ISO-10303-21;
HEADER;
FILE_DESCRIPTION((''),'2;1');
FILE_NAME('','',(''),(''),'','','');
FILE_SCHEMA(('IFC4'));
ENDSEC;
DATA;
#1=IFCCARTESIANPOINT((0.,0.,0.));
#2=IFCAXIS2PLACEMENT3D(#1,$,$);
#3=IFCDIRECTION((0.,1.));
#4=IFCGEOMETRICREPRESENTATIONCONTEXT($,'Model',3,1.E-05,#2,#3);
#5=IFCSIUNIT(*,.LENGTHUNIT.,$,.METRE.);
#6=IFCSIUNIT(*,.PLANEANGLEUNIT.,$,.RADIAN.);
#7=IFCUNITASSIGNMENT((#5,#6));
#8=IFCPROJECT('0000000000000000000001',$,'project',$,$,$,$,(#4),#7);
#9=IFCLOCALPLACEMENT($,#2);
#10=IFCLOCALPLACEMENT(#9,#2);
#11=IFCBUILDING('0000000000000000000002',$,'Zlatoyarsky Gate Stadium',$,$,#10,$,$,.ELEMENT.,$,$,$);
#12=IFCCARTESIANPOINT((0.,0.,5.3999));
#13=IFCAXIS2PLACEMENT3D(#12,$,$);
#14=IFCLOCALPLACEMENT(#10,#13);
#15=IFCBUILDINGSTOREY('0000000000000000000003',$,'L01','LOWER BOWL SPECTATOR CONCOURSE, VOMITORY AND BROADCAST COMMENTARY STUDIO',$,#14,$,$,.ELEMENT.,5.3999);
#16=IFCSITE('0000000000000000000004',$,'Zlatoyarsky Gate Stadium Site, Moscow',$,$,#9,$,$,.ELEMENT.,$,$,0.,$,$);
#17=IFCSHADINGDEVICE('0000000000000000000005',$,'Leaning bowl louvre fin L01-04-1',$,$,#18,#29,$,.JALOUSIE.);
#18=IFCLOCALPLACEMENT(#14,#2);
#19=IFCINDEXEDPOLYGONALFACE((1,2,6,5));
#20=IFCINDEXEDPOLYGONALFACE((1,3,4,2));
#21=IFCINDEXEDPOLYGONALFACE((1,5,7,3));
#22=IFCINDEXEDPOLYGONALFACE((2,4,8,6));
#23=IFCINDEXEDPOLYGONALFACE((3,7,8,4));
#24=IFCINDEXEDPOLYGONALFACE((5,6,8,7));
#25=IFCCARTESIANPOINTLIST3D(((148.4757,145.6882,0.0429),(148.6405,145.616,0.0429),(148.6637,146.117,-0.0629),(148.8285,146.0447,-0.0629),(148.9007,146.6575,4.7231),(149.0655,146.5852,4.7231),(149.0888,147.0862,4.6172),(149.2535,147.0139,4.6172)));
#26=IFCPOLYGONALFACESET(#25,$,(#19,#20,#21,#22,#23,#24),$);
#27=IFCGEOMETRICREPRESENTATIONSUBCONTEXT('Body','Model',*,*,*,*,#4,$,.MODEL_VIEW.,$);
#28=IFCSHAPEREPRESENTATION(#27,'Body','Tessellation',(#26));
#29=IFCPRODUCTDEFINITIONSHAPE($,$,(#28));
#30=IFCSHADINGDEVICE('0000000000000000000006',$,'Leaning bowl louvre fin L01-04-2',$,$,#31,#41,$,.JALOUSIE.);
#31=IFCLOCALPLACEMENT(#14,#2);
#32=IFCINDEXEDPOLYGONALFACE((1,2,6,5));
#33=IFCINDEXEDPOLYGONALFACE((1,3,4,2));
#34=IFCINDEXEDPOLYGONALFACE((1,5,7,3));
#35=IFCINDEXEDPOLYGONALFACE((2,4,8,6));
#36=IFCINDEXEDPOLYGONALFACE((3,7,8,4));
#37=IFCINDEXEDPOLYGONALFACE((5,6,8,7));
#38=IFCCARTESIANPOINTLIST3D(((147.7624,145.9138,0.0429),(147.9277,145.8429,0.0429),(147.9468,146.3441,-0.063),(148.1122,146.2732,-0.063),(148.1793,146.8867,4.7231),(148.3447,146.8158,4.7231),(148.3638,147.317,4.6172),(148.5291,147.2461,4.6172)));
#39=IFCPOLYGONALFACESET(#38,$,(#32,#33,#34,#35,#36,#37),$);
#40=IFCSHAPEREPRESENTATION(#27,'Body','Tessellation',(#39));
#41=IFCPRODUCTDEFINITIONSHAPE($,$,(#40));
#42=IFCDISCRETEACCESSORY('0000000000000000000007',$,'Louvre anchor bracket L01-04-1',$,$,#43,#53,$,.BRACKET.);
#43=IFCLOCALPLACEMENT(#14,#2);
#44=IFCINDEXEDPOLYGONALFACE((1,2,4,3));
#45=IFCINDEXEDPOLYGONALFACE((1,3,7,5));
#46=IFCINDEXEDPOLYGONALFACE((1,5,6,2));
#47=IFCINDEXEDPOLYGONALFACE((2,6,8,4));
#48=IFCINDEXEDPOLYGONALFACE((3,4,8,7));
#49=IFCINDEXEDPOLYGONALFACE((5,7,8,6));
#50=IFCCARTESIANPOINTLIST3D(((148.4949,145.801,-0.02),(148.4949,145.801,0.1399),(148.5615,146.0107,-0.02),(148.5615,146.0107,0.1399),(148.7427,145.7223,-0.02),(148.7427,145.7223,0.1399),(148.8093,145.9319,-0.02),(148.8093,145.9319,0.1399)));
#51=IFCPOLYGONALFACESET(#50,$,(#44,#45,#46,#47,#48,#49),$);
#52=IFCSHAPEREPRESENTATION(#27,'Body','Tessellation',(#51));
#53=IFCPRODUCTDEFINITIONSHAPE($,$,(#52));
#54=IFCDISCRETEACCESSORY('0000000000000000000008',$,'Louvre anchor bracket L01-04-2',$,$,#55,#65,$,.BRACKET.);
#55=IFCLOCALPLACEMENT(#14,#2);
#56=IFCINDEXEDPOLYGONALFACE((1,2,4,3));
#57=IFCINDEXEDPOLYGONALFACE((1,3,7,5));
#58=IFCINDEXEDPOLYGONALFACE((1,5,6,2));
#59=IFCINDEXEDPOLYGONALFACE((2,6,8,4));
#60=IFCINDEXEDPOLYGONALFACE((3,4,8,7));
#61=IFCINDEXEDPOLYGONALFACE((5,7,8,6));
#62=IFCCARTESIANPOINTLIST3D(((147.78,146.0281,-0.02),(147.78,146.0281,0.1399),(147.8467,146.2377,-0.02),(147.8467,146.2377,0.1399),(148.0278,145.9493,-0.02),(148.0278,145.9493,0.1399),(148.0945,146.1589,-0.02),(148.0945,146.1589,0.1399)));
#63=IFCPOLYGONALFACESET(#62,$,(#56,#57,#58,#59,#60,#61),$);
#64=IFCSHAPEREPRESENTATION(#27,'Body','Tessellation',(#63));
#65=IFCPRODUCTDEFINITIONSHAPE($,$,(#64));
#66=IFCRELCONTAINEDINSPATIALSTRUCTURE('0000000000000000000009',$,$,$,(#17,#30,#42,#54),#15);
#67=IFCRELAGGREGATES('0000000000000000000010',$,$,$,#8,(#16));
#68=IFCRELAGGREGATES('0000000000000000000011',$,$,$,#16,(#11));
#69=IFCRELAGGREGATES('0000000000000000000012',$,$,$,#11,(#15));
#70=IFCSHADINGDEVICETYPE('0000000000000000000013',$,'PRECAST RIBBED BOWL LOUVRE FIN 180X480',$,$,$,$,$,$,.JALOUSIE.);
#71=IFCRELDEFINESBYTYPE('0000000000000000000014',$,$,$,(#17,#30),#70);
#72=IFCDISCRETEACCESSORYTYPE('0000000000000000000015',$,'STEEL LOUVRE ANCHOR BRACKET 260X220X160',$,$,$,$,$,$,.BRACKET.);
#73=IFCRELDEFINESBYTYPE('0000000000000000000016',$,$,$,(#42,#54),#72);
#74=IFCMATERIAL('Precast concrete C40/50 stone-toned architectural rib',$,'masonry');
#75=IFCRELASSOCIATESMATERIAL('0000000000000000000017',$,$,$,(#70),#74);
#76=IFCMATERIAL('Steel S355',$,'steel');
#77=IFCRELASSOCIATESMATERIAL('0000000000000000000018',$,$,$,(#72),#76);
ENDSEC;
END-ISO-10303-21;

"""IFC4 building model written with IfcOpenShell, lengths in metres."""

from ifc_helpers import new_model, si_unit, direction, frame, origin, origin_2d, place, context, subcontext, project, spatial, rectangle, extrude, material, material_profile, profile_set, type_object, element, save


model = new_model("IFC4")

# Units and contexts
model_context = context("Model", 3, precision=1e-05, world=origin(), true_north=direction((0.0, 1.0)))
body_context = subcontext(model_context, "Body", "Model", "MODEL_VIEW")
ifc_project = project(units=[si_unit("LENGTHUNIT", "METRE"), si_unit("PLANEANGLEUNIT", "RADIAN")], contexts=[model_context])

# Site, building, storey
site_placement = place(None, origin())
site = spatial("IfcSite", under=ifc_project, at=site_placement, Name="Zlatoyarsky Gate Stadium Site, Moscow", CompositionType="ELEMENT", RefElevation=0.0)
building_placement = place(site_placement, origin())
building = spatial("IfcBuilding", under=site, at=building_placement, Name="Zlatoyarsky Gate Stadium", CompositionType="ELEMENT")
storey_placement = place(building_placement, frame((0.0, 0.0, 5.3999)))
storey = spatial("IfcBuildingStorey", under=building, at=storey_placement, Name="L01", Description="LOWER BOWL SPECTATOR CONCOURSE, VOMITORY AND BROADCAST COMMENTARY STUDIO", CompositionType="ELEMENT", Elevation=5.3999)

# Shared definitions
ifc_material_1 = material(Name="Steel S355", Category="steel")

# Shading devices
ifc_material_2 = material(Name="Precast concrete C40/50 stone-toned architectural rib", Category="masonry")
ifc_material_profile_1 = material_profile(ifc_material_2, rectangle(XDim=0.1799, YDim=0.48, at=origin_2d()), Name="RIB 180X480")
ifc_profile_set_1 = profile_set([ifc_material_profile_1], Name="Precast concrete C40/50 stone-toned architectural rib")
shading_device_type = type_object("IfcShadingDeviceType", Name="PRECAST RIBBED BOWL LOUVRE FIN 180X480", PredefinedType="JALOUSIE", material=ifc_profile_set_1)
for number, where, z_axis, x_axis, name in (
    (1, (148.6521, 145.8665, -0.01), (0.088582, 0.201994, 0.975372), (-0.915808, 0.401617, 0.0), "Leaning bowl louvre fin L01-04-1"),
    (2, (147.9373, 146.0935, -0.01), (0.086903, 0.202756, 0.975366), (-0.919133, 0.393947, 0.0), "Leaning bowl louvre fin L01-04-2"),
):
    element("IfcShadingDevice", number, at=place(storey_placement, frame(where, z_axis=z_axis, x_axis=x_axis)), inside=storey, type_object=shading_device_type, Name=name, PredefinedType="JALOUSIE", context=body_context, shape_type="SweptSolid", body=[
        extrude(rectangle(XDim=0.1799, YDim=0.48, at=origin_2d()), origin(), (0.0, 0.0, 1.0), 4.7983),
    ])

# Discrete accessories
discrete_accessory_type = type_object("IfcDiscreteAccessoryType", Name="STEEL LOUVRE ANCHOR BRACKET 260X220X160", PredefinedType="BRACKET", material=ifc_material_1)
for number, where, z_axis, x_axis, name in (
    (3, (148.6521, 145.8665, -0.02), (0.0, 0.0, 1.0), (-0.953027, 0.302886, 0.0), "Louvre anchor bracket L01-04-1"),
    (4, (147.9373, 146.0935, -0.02), (0.0, 0.0, 1.0), (-0.953027, 0.302886, 0.0), "Louvre anchor bracket L01-04-2"),
):
    element("IfcDiscreteAccessory", number, at=place(storey_placement, frame(where, z_axis=z_axis, x_axis=x_axis)), inside=storey, type_object=discrete_accessory_type, Name=name, PredefinedType="BRACKET", context=body_context, shape_type="SweptSolid", body=[
        extrude(rectangle(XDim=0.26, YDim=0.22, at=origin_2d()), origin(), (0.0, 0.0, 1.0), 0.1599),
    ])

save(model, "model.ifc")
